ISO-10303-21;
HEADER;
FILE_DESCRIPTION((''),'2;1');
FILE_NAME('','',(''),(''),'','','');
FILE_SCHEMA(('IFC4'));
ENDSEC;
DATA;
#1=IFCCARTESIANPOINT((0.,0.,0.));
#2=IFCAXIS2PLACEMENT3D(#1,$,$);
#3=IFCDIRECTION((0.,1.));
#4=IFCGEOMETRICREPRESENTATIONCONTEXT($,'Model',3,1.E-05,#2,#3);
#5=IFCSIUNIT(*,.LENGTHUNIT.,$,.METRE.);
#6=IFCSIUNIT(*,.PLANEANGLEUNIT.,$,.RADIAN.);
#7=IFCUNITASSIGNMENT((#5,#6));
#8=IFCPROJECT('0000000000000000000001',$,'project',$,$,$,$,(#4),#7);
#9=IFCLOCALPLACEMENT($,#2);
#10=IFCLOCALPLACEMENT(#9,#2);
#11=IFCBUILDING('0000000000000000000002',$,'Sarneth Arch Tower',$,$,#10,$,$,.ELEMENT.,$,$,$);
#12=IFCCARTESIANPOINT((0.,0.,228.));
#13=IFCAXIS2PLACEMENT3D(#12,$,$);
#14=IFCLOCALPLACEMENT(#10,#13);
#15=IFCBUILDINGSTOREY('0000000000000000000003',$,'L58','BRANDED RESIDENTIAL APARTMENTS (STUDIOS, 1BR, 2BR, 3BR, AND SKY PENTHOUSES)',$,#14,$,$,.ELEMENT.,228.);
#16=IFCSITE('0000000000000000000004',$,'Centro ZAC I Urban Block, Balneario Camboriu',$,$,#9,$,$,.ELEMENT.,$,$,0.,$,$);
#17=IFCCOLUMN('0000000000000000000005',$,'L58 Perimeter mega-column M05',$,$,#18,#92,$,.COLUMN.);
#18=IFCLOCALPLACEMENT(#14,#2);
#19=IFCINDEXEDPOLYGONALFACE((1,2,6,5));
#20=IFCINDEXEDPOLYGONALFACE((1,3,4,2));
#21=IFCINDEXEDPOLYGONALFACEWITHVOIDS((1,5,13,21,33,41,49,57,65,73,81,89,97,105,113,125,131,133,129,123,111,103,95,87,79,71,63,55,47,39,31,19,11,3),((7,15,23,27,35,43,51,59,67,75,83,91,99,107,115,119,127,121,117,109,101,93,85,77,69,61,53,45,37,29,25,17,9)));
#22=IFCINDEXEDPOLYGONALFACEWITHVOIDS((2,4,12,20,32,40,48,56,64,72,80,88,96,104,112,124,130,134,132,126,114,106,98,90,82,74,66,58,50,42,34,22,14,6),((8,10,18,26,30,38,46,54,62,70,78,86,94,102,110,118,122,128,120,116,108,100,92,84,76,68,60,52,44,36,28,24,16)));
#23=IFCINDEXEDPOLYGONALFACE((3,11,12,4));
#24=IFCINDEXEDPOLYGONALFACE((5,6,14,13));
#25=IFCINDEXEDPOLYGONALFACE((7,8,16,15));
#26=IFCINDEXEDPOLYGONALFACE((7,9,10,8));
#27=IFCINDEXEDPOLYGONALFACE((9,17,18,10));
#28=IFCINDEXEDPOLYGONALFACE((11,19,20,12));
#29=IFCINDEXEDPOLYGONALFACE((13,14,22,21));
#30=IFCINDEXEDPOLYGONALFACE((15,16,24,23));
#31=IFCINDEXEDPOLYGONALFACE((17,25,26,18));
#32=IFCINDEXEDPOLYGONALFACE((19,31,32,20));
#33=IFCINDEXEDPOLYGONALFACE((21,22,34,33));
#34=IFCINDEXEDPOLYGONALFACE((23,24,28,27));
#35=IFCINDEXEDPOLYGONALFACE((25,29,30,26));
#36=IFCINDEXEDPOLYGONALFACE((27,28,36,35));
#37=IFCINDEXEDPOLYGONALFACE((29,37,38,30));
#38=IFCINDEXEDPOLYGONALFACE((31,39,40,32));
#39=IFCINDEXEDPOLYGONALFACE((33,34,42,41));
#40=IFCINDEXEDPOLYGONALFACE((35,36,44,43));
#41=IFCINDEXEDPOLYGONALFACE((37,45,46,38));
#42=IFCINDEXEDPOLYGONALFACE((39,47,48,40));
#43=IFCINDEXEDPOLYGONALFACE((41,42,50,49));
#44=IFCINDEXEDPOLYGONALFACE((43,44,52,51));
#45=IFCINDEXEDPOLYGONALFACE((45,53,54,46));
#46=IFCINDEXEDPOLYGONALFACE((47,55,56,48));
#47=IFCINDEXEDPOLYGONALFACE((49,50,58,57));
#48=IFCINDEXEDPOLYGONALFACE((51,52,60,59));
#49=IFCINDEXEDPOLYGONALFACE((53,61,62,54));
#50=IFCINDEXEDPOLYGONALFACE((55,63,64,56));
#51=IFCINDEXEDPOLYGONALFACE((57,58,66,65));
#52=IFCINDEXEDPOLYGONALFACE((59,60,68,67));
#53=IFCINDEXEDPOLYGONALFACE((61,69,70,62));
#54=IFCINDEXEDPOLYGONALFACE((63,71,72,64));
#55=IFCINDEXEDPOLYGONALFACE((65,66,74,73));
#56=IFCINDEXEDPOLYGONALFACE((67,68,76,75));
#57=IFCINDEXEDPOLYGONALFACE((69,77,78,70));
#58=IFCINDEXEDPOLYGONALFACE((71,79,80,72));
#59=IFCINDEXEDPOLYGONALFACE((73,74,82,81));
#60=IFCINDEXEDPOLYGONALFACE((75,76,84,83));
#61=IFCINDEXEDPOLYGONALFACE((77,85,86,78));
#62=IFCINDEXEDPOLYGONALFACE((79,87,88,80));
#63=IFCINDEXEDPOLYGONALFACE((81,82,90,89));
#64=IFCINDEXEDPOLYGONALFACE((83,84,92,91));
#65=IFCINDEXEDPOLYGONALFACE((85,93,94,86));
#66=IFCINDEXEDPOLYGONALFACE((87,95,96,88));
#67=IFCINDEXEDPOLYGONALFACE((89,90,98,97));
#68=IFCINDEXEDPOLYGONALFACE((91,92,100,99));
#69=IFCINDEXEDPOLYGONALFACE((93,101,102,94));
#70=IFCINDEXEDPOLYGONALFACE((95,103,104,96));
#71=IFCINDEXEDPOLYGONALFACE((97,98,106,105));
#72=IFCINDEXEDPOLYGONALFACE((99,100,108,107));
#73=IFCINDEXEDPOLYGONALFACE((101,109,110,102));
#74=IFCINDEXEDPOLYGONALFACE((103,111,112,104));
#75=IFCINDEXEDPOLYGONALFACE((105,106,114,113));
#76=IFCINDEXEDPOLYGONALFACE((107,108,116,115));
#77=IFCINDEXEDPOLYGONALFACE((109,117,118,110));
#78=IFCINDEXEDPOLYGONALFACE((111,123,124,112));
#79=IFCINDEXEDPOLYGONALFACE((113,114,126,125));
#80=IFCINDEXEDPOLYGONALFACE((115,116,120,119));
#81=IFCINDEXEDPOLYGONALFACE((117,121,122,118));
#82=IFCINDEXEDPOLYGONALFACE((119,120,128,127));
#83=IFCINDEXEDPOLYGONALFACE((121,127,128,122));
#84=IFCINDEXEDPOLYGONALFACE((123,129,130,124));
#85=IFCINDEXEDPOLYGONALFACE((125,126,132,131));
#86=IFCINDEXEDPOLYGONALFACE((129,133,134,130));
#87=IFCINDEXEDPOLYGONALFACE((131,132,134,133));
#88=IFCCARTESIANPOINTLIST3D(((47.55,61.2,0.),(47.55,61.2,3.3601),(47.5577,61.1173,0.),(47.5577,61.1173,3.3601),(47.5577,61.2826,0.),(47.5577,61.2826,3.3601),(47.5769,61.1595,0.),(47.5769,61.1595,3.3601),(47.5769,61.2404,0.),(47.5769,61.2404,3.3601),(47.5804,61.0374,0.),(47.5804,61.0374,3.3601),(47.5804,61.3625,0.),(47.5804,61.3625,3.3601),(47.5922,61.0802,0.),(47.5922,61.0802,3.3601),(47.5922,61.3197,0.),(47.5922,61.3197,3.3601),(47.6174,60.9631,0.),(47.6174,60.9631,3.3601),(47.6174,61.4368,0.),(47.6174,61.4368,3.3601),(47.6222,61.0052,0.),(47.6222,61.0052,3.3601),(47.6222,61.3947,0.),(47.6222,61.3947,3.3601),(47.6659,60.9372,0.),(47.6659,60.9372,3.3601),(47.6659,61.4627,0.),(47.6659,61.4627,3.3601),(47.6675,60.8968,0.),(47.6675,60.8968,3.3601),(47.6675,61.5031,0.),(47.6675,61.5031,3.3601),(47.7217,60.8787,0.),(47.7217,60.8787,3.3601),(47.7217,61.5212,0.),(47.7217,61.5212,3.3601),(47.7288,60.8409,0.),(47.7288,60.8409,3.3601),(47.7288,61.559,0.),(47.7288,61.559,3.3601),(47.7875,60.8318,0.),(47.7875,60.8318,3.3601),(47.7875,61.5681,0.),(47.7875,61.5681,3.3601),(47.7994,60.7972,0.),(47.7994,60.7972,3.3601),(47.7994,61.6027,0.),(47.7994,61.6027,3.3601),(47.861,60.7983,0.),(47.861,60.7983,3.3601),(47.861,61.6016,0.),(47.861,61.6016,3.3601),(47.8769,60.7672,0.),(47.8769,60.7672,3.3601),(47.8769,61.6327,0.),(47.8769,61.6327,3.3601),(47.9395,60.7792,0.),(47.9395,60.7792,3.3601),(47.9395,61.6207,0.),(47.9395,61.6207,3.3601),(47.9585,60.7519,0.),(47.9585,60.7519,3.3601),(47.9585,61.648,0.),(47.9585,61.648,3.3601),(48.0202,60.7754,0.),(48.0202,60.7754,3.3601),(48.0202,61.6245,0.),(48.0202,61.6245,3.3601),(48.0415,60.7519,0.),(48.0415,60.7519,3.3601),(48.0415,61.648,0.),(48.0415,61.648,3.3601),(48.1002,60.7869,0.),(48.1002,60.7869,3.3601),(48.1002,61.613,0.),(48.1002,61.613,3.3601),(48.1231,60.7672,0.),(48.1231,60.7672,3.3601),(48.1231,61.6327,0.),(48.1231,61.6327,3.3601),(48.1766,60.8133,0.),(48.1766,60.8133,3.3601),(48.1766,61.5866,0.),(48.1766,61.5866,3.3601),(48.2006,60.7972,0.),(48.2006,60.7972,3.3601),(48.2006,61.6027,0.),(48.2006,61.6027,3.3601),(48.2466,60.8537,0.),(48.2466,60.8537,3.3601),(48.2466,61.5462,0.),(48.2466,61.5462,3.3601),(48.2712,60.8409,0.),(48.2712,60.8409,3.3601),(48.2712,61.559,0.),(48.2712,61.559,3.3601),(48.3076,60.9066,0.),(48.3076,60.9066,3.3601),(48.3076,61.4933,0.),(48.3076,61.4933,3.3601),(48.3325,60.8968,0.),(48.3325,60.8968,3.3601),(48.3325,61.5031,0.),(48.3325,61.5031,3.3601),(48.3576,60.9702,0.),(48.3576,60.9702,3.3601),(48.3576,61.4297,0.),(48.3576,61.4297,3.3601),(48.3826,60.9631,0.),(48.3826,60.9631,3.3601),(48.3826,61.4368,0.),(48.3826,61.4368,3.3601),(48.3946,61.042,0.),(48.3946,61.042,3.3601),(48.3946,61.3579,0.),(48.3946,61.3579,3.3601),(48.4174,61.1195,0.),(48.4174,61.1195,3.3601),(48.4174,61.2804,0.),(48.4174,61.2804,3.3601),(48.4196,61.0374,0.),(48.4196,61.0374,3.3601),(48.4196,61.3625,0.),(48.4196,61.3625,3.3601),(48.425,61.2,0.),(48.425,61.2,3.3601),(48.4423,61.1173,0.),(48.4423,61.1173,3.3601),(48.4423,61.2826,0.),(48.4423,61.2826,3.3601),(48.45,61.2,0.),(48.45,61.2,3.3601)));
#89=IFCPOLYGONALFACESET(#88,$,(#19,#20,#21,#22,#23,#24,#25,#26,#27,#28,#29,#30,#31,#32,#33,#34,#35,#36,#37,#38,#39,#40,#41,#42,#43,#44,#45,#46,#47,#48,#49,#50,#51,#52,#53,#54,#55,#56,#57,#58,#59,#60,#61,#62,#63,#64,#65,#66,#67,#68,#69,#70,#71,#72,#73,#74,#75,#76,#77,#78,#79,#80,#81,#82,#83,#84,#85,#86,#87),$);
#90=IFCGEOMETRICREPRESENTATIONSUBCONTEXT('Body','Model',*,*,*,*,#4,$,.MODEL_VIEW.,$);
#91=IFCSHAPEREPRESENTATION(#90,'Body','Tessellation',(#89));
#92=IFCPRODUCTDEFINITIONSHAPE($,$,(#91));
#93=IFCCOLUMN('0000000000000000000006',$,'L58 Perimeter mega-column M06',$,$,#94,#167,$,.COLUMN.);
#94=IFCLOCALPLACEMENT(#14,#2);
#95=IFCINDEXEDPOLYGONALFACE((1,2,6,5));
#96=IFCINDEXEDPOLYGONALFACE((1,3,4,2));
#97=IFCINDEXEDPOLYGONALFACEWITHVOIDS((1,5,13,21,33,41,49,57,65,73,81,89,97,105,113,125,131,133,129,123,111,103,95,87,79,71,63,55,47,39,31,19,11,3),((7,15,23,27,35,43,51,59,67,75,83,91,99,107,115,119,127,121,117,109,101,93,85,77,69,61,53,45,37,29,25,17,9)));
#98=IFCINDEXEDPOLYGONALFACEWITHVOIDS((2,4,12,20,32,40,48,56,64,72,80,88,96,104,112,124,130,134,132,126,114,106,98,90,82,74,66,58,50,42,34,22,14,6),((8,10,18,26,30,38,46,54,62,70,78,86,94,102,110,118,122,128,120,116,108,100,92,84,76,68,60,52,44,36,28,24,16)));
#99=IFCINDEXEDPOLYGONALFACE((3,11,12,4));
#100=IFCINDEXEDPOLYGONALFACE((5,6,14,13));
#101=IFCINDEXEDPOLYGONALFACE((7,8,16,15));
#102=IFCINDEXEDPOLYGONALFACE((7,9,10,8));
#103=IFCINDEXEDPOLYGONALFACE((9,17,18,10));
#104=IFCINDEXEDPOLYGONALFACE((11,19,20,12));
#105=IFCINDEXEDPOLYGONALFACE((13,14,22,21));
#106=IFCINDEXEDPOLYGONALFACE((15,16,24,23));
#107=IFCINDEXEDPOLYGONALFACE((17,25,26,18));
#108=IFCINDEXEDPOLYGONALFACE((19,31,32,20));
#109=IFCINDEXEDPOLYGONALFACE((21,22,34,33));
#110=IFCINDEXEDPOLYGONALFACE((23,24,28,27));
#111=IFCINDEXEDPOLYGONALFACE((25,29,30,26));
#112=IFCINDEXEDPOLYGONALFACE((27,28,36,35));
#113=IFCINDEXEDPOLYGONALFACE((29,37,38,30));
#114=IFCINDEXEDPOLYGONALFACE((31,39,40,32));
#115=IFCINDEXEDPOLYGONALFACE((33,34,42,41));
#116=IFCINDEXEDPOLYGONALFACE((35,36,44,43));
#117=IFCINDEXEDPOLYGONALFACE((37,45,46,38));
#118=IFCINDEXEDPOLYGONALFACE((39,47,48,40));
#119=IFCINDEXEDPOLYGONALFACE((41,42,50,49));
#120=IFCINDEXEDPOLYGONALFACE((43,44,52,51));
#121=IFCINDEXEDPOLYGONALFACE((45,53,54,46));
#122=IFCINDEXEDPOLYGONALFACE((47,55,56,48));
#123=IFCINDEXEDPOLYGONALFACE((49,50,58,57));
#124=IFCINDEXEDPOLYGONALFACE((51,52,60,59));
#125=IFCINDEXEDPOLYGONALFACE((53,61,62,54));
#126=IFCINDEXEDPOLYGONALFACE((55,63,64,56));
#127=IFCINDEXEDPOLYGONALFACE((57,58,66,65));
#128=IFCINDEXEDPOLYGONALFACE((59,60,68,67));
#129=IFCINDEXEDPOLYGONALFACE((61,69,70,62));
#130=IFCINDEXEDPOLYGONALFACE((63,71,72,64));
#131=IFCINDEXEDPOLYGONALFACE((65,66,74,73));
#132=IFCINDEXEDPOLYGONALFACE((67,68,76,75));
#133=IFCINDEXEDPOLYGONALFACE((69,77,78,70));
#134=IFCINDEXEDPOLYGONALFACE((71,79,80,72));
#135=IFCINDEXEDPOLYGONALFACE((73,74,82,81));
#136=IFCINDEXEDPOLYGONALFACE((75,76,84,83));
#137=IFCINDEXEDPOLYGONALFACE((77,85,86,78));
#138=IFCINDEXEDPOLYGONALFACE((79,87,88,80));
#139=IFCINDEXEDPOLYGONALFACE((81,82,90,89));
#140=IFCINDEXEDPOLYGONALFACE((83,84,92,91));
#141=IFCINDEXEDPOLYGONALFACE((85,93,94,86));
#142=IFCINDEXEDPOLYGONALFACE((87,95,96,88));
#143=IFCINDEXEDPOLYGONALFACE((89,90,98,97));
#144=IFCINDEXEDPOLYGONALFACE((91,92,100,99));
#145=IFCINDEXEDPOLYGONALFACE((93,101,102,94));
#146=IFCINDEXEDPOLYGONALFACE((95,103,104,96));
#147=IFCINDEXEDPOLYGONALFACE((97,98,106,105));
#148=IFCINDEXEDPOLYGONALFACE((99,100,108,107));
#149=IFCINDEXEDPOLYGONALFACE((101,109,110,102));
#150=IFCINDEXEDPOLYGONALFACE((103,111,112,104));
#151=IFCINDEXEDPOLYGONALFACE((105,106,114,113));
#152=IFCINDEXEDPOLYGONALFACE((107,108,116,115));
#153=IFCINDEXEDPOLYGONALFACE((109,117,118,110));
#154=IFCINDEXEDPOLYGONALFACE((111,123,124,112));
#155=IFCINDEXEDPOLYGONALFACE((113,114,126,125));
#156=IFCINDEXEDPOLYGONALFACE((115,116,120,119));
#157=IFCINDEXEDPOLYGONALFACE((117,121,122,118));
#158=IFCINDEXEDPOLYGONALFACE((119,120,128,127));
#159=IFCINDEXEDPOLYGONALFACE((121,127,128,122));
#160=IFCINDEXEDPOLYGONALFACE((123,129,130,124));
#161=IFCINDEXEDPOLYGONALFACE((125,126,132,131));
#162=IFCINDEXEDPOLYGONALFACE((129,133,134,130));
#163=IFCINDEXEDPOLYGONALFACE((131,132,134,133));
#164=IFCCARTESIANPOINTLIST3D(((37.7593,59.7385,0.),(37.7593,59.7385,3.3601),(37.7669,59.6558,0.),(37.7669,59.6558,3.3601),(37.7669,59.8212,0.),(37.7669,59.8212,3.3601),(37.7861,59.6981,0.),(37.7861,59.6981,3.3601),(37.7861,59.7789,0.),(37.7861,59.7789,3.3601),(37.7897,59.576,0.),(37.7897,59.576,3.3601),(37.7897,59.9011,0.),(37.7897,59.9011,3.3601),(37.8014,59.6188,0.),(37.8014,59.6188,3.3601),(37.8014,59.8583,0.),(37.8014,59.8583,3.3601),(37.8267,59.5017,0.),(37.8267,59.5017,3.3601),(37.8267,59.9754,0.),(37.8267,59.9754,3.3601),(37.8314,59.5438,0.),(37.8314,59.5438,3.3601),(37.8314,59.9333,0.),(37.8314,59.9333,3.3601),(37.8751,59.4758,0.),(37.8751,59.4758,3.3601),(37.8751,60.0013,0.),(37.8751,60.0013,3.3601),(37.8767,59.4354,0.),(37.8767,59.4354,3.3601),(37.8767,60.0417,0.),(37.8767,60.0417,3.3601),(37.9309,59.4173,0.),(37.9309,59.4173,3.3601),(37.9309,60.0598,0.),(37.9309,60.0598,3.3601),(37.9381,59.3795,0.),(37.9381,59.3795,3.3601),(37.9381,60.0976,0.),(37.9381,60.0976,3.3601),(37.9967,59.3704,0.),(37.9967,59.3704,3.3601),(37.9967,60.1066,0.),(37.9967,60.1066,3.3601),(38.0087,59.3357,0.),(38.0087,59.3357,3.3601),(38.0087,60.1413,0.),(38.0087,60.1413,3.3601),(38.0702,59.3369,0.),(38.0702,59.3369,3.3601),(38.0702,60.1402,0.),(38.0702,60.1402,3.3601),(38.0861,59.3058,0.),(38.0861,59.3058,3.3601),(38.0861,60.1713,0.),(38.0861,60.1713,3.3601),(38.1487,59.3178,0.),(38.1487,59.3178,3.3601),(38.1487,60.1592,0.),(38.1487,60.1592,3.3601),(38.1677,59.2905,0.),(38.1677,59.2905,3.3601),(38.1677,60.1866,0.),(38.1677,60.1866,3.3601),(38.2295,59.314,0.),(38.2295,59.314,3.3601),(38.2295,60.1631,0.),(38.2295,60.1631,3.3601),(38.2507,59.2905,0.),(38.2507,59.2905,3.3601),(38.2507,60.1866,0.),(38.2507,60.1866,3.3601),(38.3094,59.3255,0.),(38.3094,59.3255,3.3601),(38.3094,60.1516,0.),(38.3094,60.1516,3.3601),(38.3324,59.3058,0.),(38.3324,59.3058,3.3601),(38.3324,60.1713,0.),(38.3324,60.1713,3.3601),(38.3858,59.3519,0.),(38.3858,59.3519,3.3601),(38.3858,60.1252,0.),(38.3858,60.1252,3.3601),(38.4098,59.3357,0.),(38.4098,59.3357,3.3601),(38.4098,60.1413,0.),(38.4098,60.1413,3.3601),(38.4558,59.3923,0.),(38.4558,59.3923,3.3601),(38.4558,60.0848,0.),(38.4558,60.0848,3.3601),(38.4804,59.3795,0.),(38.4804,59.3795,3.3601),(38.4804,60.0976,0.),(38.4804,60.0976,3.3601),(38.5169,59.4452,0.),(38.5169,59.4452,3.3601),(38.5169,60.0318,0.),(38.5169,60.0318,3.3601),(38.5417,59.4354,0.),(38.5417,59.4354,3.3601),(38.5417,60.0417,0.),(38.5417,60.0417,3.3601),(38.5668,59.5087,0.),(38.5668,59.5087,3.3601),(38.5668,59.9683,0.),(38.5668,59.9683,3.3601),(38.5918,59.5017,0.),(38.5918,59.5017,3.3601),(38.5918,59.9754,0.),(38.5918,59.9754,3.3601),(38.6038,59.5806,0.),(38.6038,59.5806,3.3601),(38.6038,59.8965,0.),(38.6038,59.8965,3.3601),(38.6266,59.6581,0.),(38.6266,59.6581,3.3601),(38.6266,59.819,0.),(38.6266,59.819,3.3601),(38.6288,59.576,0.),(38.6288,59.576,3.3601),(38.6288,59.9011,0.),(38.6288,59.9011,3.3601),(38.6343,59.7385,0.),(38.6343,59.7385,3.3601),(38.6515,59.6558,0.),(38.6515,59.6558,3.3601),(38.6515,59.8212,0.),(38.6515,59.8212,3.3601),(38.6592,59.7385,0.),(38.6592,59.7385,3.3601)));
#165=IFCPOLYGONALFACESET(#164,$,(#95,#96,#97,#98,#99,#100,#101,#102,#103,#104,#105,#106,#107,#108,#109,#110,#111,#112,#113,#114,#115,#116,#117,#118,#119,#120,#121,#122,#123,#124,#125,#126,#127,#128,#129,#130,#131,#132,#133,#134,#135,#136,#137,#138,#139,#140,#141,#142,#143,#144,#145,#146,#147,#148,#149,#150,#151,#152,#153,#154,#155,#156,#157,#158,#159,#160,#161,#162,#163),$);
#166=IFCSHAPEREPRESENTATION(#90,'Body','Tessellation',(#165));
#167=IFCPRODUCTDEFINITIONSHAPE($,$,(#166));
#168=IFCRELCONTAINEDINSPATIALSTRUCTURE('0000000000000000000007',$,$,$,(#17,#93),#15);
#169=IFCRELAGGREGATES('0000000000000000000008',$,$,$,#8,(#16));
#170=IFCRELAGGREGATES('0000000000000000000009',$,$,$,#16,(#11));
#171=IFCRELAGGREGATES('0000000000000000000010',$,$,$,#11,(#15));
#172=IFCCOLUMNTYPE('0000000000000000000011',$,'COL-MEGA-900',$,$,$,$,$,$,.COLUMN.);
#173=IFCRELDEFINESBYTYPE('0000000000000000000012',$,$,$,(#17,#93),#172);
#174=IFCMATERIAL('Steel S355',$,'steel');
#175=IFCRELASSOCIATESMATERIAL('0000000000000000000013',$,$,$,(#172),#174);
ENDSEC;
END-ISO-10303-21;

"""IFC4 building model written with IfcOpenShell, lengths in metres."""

from ifc_helpers import new_model, si_unit, direction, frame, origin, origin_2d, place, context, subcontext, project, spatial, hollow_circle, extrude, material, material_profile, profile_set, type_object, element, save


model = new_model("IFC4")

# Units and contexts
model_context = context("Model", 3, precision=1e-05, world=origin(), true_north=direction((0.0, 1.0)))
body_context = subcontext(model_context, "Body", "Model", "MODEL_VIEW")
ifc_project = project(units=[si_unit("LENGTHUNIT", "METRE"), si_unit("PLANEANGLEUNIT", "RADIAN")], contexts=[model_context])

# Site, building, storey
site_placement = place(None, origin())
site = spatial("IfcSite", under=ifc_project, at=site_placement, Name="Centro ZAC I Urban Block, Balneario Camboriu", CompositionType="ELEMENT", RefElevation=0.0)
building_placement = place(site_placement, origin())
building = spatial("IfcBuilding", under=site, at=building_placement, Name="Sarneth Arch Tower", CompositionType="ELEMENT")
storey_placement = place(building_placement, frame((0.0, 0.0, 228.0)))
storey = spatial("IfcBuildingStorey", under=building, at=storey_placement, Name="L58", Description="BRANDED RESIDENTIAL APARTMENTS (STUDIOS, 1BR, 2BR, 3BR, AND SKY PENTHOUSES)", CompositionType="ELEMENT", Elevation=228.0)

# Columns
ifc_material_1 = material(Name="Steel S355", Category="steel")
ifc_material_profile_1 = material_profile(ifc_material_1, hollow_circle(Radius=0.45, WallThickness=0.0249, at=origin_2d()), Name="CHS900x25")
ifc_profile_set_1 = profile_set([ifc_material_profile_1], Name="Steel S355")
column_type = type_object("IfcColumnType", Name="COL-MEGA-900", PredefinedType="COLUMN", material=ifc_profile_set_1)
for number, where, z_axis, x_axis, name in (
    (1, (48.0, 61.2, 0.0), (0.0, 0.0, 1.0), (1.0, 0.0, 0.0), "L58 Perimeter mega-column M05"),
    (2, (38.2092, 59.7385, 0.0), (0.0, 0.0, 1.0), (1.0, 0.0, 0.0), "L58 Perimeter mega-column M06"),
):
    element("IfcColumn", number, at=place(storey_placement, frame(where, z_axis=z_axis, x_axis=x_axis)), inside=storey, type_object=column_type, Name=name, PredefinedType="COLUMN", context=body_context, shape_type="SweptSolid", body=[
        extrude(hollow_circle(Radius=0.45, WallThickness=0.0249, at=origin_2d()), origin(), (0.0, 0.0, 1.0), 3.3601),
    ])

save(model, "model.ifc")
